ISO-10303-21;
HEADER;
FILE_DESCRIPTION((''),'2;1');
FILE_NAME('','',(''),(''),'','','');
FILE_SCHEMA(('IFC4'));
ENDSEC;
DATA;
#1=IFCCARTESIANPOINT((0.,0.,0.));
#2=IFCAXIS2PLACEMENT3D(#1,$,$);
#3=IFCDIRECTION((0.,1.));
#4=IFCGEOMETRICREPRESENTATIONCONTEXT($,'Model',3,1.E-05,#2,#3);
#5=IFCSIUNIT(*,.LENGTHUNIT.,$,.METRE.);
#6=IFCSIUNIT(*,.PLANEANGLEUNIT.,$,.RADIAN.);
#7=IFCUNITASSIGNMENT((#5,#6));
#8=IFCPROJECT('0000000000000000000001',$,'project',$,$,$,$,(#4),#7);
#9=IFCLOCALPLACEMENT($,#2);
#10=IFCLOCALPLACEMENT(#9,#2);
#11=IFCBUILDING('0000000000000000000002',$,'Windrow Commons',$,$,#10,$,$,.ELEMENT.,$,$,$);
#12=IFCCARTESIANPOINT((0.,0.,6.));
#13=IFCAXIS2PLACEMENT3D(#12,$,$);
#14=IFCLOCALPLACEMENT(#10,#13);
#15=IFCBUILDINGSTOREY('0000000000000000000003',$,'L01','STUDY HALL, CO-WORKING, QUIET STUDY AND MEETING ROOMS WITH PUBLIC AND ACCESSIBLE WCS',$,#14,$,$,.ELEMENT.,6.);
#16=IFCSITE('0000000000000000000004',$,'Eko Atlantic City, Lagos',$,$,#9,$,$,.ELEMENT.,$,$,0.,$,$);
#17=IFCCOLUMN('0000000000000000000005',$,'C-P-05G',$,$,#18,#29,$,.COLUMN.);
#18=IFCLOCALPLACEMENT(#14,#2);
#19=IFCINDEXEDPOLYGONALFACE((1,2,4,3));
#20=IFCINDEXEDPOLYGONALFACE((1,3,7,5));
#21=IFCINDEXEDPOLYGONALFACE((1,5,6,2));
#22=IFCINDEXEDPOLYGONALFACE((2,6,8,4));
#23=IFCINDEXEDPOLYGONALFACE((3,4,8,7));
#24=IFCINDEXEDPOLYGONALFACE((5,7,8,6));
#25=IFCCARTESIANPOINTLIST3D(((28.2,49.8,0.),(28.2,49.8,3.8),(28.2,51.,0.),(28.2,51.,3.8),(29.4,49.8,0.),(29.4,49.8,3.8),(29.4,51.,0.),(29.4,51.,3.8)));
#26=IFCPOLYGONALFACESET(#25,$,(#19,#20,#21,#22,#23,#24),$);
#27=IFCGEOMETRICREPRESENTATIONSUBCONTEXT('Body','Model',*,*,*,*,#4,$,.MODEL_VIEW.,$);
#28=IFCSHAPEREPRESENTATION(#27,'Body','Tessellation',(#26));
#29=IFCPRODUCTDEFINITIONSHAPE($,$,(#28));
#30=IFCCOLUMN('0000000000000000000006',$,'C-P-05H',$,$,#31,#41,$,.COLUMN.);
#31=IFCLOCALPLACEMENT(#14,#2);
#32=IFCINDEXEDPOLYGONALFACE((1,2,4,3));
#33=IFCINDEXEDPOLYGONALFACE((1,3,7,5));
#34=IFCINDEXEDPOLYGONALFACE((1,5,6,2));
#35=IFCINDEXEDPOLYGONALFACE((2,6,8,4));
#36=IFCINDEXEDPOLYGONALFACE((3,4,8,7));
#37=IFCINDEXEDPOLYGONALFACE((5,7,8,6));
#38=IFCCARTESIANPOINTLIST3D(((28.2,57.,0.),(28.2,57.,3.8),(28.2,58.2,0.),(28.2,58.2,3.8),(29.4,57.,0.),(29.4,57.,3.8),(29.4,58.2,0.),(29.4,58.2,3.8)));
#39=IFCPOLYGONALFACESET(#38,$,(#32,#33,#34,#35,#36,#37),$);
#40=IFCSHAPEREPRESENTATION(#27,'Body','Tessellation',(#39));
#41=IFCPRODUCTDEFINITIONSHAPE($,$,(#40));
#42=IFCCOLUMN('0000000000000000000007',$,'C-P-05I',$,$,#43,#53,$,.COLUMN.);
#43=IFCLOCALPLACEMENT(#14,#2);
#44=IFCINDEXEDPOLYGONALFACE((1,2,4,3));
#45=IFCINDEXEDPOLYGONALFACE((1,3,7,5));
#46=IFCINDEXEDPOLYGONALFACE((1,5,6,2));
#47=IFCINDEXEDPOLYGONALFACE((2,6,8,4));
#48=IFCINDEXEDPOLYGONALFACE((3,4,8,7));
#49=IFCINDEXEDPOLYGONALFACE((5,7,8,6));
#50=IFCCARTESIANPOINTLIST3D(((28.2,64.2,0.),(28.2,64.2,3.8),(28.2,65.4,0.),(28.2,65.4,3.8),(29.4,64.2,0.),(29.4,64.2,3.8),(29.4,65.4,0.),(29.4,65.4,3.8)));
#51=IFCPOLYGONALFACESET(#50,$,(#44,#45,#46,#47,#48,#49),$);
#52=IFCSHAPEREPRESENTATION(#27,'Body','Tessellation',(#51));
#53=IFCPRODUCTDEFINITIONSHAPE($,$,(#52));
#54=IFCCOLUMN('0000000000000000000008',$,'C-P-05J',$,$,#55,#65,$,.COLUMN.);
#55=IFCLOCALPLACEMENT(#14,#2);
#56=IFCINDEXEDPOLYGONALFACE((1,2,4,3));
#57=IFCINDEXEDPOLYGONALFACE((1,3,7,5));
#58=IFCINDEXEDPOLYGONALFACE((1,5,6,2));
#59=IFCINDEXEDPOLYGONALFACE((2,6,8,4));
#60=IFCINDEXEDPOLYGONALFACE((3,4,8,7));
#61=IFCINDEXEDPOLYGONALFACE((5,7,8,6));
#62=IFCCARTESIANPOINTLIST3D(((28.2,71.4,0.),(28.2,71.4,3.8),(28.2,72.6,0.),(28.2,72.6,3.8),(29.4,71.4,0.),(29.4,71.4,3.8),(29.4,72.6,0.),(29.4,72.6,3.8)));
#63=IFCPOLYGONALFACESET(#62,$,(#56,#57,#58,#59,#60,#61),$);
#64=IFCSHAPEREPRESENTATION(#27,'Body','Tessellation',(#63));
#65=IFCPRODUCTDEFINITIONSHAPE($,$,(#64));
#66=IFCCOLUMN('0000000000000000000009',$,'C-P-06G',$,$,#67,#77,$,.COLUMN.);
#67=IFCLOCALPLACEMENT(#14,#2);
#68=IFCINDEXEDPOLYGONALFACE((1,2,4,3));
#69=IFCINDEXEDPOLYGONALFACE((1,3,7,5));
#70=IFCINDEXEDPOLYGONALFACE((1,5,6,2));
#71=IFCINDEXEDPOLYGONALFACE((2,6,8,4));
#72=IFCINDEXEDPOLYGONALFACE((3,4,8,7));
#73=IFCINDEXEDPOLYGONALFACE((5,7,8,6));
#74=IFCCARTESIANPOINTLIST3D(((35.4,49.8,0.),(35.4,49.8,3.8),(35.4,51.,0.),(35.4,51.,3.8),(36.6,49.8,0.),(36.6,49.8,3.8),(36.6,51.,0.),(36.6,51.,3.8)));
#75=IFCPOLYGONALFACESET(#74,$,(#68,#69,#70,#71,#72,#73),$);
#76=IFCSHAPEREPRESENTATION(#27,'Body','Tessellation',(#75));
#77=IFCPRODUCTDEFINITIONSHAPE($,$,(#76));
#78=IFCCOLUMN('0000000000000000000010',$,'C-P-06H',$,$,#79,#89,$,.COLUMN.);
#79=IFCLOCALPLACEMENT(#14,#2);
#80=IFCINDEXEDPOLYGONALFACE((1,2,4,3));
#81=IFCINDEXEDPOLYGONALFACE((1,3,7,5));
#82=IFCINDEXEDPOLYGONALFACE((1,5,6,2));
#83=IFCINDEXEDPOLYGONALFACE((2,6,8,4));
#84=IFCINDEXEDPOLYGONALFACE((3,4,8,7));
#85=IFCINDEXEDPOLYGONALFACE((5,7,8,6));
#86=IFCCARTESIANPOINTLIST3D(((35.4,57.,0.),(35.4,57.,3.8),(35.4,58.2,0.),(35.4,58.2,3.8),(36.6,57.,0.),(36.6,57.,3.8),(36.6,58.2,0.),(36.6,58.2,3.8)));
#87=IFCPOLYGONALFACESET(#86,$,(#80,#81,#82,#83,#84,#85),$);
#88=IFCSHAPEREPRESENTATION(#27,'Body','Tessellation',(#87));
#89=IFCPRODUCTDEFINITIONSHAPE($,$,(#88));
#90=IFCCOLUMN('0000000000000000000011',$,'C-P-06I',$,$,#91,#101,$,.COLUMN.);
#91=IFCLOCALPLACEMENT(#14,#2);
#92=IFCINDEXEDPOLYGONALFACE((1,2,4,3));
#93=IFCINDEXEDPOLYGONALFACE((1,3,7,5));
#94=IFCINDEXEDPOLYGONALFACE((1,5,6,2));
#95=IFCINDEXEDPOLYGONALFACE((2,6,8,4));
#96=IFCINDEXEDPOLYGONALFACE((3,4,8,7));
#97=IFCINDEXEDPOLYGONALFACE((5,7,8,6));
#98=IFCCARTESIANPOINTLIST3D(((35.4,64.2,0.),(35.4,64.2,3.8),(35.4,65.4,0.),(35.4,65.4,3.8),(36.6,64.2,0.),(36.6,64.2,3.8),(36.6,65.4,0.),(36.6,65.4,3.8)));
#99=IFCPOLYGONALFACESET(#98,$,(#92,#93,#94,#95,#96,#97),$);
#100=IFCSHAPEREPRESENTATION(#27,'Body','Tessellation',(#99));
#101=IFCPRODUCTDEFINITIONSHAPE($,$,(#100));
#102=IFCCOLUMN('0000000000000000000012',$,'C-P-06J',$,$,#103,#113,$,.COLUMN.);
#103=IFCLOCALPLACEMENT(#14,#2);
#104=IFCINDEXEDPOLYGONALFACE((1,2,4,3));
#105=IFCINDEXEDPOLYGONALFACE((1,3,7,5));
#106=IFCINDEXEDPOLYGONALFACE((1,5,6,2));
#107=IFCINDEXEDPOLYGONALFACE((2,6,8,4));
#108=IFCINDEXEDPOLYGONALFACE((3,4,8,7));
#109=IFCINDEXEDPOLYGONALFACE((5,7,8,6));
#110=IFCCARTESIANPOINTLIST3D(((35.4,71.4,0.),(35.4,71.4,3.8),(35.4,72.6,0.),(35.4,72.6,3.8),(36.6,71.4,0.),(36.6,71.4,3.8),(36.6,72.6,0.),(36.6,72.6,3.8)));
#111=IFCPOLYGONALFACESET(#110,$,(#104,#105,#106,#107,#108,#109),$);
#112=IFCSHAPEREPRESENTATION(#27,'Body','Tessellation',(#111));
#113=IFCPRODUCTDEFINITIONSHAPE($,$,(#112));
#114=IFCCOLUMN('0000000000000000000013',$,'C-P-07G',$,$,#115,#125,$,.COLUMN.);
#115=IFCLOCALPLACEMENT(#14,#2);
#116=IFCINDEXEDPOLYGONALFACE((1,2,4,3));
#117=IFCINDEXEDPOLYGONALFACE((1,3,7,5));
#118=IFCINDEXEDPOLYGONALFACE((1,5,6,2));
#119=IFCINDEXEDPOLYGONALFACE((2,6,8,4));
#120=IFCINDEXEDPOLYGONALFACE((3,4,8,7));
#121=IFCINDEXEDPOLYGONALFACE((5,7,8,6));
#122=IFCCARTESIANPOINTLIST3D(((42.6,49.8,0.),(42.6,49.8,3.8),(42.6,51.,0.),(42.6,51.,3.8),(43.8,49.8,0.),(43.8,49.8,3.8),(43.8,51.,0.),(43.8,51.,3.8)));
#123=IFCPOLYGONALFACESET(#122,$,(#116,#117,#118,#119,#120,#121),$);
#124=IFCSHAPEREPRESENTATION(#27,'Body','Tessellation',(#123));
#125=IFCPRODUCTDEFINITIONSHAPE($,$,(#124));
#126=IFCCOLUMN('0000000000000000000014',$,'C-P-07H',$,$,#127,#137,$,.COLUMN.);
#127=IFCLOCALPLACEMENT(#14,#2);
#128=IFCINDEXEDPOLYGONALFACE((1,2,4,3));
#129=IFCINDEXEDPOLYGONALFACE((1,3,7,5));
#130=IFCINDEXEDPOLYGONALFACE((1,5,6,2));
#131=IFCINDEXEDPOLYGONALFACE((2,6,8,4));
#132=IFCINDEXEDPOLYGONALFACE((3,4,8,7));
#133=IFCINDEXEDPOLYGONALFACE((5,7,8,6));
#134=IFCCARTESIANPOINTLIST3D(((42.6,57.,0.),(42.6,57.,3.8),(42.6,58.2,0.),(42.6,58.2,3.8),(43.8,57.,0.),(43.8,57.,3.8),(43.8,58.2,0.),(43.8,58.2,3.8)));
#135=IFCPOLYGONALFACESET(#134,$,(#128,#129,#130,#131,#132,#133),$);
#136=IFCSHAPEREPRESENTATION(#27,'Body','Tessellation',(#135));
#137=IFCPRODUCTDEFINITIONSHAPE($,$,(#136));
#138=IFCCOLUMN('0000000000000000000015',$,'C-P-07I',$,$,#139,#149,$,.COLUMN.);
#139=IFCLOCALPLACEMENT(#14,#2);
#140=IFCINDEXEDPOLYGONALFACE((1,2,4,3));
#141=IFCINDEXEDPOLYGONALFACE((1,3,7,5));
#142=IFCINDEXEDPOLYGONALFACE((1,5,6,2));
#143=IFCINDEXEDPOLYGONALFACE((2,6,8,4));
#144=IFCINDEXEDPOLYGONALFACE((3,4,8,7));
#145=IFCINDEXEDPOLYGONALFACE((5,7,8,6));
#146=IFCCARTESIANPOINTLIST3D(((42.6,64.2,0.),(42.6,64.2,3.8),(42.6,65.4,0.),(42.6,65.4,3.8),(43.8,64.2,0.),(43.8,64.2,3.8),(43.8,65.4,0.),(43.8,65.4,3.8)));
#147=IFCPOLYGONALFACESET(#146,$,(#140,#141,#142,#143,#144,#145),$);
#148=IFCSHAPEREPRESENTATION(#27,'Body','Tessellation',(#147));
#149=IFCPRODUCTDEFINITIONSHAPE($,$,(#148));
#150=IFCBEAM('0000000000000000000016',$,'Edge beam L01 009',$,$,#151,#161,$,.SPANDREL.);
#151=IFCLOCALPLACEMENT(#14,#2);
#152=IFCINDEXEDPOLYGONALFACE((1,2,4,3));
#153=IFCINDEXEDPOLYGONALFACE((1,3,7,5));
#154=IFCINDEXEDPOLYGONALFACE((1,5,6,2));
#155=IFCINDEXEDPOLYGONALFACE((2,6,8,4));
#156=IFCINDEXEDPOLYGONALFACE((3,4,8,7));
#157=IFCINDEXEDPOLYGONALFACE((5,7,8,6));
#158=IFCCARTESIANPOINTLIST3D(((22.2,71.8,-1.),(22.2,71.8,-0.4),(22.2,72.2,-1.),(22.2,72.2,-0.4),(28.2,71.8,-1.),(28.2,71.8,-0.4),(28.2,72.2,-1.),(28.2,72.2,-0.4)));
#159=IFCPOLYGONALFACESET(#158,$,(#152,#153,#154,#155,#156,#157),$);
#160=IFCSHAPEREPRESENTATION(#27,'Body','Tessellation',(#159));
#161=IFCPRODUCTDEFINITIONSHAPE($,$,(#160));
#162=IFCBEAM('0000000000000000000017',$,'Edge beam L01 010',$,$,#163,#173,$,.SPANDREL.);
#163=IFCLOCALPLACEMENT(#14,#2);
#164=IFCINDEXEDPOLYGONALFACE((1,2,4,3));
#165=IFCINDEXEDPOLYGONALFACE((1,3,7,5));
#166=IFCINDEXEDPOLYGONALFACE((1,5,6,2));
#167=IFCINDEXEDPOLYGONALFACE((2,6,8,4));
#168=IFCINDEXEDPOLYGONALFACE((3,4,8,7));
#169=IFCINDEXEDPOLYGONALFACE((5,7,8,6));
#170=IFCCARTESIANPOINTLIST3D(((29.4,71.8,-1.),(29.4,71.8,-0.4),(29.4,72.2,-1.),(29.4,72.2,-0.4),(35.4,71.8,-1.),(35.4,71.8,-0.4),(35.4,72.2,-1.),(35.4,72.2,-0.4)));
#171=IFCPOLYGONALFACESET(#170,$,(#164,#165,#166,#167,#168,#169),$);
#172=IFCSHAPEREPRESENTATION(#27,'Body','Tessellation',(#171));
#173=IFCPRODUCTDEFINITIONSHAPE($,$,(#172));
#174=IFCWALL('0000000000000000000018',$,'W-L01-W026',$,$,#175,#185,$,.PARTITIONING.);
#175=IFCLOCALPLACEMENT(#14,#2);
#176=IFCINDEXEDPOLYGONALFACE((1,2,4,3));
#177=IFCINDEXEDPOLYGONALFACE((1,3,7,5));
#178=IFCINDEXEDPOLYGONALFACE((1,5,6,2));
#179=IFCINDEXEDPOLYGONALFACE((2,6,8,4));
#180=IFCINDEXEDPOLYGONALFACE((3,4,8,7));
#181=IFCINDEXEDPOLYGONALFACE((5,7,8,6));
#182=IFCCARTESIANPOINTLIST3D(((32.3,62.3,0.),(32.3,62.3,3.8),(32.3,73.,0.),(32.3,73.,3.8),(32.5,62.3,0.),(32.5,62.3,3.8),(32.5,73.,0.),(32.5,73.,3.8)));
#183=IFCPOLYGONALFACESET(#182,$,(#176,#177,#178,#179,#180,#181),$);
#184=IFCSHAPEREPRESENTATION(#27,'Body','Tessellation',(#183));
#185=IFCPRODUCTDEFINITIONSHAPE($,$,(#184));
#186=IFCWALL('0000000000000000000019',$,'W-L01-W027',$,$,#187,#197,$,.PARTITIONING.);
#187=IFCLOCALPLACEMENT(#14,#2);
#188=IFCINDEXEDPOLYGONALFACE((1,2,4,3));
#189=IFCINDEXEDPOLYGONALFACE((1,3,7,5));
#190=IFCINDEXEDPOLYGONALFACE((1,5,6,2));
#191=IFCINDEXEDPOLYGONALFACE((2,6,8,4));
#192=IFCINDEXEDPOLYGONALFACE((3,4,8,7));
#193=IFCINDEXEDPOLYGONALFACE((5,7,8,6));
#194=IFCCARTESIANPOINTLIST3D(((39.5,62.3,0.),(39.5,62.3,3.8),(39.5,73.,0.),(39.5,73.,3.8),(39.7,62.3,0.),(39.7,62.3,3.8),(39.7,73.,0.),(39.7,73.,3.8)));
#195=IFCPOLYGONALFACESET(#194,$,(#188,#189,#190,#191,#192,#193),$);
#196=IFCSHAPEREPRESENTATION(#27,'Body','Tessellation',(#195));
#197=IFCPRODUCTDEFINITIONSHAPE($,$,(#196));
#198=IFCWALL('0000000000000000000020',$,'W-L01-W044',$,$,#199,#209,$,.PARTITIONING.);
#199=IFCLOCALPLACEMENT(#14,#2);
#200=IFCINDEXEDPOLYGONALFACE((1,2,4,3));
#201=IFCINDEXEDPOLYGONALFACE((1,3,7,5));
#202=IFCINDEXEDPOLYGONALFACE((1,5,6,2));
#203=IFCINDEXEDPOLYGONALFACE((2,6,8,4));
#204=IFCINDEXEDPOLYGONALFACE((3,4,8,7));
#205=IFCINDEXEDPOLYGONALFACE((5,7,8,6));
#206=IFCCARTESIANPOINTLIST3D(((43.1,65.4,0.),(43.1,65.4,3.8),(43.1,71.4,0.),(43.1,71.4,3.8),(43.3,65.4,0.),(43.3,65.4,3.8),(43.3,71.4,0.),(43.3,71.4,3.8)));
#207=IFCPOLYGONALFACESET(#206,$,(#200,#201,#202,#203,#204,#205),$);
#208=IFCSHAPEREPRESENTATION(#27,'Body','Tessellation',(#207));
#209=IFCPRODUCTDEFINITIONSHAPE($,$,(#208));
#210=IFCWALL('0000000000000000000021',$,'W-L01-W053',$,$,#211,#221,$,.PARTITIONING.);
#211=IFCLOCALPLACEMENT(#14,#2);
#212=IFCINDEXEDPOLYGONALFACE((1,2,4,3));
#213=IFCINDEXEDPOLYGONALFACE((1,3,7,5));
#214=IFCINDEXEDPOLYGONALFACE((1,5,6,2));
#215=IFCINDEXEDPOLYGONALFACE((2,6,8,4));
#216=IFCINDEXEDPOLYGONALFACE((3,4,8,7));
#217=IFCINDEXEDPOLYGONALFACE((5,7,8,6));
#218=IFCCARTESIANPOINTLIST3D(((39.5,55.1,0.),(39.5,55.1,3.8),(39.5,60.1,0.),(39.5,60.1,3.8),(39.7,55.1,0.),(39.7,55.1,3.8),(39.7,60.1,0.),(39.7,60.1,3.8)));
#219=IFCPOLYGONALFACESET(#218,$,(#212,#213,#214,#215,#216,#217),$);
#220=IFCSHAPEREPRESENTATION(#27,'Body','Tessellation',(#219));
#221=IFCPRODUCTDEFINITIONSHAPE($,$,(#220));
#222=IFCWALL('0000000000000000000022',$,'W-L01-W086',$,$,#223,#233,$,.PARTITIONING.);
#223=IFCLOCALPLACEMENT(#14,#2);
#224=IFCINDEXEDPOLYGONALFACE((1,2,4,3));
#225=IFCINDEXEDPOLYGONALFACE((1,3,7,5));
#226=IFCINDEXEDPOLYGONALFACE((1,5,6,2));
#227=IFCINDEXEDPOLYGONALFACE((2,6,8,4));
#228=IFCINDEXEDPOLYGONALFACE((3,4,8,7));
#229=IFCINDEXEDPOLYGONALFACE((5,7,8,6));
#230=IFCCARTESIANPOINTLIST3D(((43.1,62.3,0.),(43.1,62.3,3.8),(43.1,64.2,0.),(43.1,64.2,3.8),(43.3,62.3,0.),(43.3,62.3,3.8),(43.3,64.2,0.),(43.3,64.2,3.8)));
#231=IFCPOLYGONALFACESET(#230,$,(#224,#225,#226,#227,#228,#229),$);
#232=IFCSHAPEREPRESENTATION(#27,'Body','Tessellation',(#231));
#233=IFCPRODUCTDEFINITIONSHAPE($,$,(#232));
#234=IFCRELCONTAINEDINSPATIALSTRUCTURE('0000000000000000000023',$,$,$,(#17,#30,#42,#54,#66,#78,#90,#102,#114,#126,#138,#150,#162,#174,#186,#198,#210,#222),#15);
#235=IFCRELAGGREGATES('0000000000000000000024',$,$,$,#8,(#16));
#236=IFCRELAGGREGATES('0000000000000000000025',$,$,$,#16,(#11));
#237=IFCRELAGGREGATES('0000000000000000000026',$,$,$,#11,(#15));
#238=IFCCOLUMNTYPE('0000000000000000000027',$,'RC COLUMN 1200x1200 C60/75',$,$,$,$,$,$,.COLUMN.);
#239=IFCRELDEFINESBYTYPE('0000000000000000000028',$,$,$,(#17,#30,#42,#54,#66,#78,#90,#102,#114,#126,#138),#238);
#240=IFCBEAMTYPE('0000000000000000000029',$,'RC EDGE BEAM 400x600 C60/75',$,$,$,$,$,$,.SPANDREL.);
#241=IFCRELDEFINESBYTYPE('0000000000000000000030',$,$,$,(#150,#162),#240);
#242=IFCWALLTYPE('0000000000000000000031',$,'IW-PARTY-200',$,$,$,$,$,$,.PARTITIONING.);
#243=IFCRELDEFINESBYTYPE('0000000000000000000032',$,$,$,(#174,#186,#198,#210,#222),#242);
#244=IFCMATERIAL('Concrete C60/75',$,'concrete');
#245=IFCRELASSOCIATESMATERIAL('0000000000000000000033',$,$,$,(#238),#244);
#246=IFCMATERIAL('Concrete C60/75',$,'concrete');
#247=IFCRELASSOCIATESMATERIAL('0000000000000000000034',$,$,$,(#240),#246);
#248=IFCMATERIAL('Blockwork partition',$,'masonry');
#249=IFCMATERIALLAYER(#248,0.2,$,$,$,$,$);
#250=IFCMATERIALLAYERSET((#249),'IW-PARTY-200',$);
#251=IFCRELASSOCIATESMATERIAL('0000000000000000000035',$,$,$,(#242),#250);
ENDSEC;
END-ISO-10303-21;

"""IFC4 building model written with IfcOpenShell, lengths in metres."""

from ifc_helpers import new_model, si_unit, direction, frame, frame_2d, origin, origin_2d, place, context, subcontext, project, spatial, rectangle, extrude, material, layer, layer_set, material_profile, profile_set, type_object, element, save


model = new_model("IFC4")

# Units and contexts
model_context = context("Model", 3, precision=1e-05, world=origin(), true_north=direction((0.0, 1.0)))
body_context = subcontext(model_context, "Body", "Model", "MODEL_VIEW")
ifc_project = project(units=[si_unit("LENGTHUNIT", "METRE"), si_unit("PLANEANGLEUNIT", "RADIAN")], contexts=[model_context])

# Site, building, storey
site_placement = place(None, origin())
site = spatial("IfcSite", under=ifc_project, at=site_placement, Name="Eko Atlantic City, Lagos", CompositionType="ELEMENT", RefElevation=0.0)
building_placement = place(site_placement, origin())
building = spatial("IfcBuilding", under=site, at=building_placement, Name="Windrow Commons", CompositionType="ELEMENT")
storey_placement = place(building_placement, frame((0.0, 0.0, 6.0)))
storey = spatial("IfcBuildingStorey", under=building, at=storey_placement, Name="L01", Description="STUDY HALL, CO-WORKING, QUIET STUDY AND MEETING ROOMS WITH PUBLIC AND ACCESSIBLE WCS", CompositionType="ELEMENT", Elevation=6.0)

# Columns
ifc_material_1 = material(Name="Concrete C60/75", Category="concrete")
ifc_material_profile_1 = material_profile(ifc_material_1, rectangle(XDim=1.2, YDim=1.2, at=origin_2d()))
ifc_profile_set_1 = profile_set([ifc_material_profile_1], Name="Concrete C60/75")
column_type = type_object("IfcColumnType", Name="RC COLUMN 1200x1200 C60/75", PredefinedType="COLUMN", material=ifc_profile_set_1)
for number, where, z_axis, x_axis, name in (
    (1, (28.8, 50.4, 0.0), (0.0, 0.0, 1.0), (1.0, 0.0, 0.0), "C-P-05G"),
    (2, (28.8, 57.6, 0.0), (0.0, 0.0, 1.0), (1.0, 0.0, 0.0), "C-P-05H"),
    (3, (28.8, 64.8, 0.0), (0.0, 0.0, 1.0), (1.0, 0.0, 0.0), "C-P-05I"),
    (4, (28.8, 72.0, 0.0), (0.0, 0.0, 1.0), (1.0, 0.0, 0.0), "C-P-05J"),
    (5, (36.0, 50.4, 0.0), (0.0, 0.0, 1.0), (1.0, 0.0, 0.0), "C-P-06G"),
    (6, (36.0, 57.6, 0.0), (0.0, 0.0, 1.0), (1.0, 0.0, 0.0), "C-P-06H"),
    (7, (36.0, 64.8, 0.0), (0.0, 0.0, 1.0), (1.0, 0.0, 0.0), "C-P-06I"),
    (8, (36.0, 72.0, 0.0), (0.0, 0.0, 1.0), (1.0, 0.0, 0.0), "C-P-06J"),
    (9, (43.2, 50.4, 0.0), (0.0, 0.0, 1.0), (1.0, 0.0, 0.0), "C-P-07G"),
    (10, (43.2, 57.6, 0.0), (0.0, 0.0, 1.0), (1.0, 0.0, 0.0), "C-P-07H"),
    (11, (43.2, 64.8, 0.0), (0.0, 0.0, 1.0), (1.0, 0.0, 0.0), "C-P-07I"),
):
    element("IfcColumn", number, at=place(storey_placement, frame(where, z_axis=z_axis, x_axis=x_axis)), inside=storey, type_object=column_type, Name=name, PredefinedType="COLUMN", context=body_context, shape_type="SweptSolid", body=[
        extrude(rectangle(XDim=1.2, YDim=1.2, at=origin_2d()), origin(), (0.0, 0.0, 1.0), 3.8),
    ])

# Beams
ifc_material_2 = material(Name="Concrete C60/75", Category="concrete")
ifc_material_profile_2 = material_profile(ifc_material_2, rectangle(XDim=0.4, YDim=0.6, at=origin_2d()))
ifc_profile_set_2 = profile_set([ifc_material_profile_2], Name="Concrete C60/75")
beam_type = type_object("IfcBeamType", Name="RC EDGE BEAM 400x600 C60/75", PredefinedType="SPANDREL", material=ifc_profile_set_2)
for number, where, z_axis, x_axis, name in (
    (12, (22.2, 72.0, -0.7), (1.0, 0.0, 0.0), (0.0, 1.0, 0.0), "Edge beam L01 009"),
    (13, (29.4, 72.0, -0.7), (1.0, 0.0, 0.0), (0.0, 1.0, 0.0), "Edge beam L01 010"),
):
    element("IfcBeam", number, at=place(storey_placement, frame(where, z_axis=z_axis, x_axis=x_axis)), inside=storey, type_object=beam_type, Name=name, PredefinedType="SPANDREL", context=body_context, shape_type="SweptSolid", body=[
        extrude(rectangle(XDim=0.4, YDim=0.6, at=origin_2d()), origin(), (0.0, 0.0, 1.0), 6.0),
    ])

# Walls
ifc_material_3 = material(Name="Blockwork partition", Category="masonry")
ifc_layer = layer(ifc_material_3, 0.2)
ifc_layer_set = layer_set([ifc_layer], Name="IW-PARTY-200")
wall_type = type_object("IfcWallType", Name="IW-PARTY-200", PredefinedType="PARTITIONING", material=ifc_layer_set)
for number, where, z_axis, x_axis, name in (
    (14, (32.4, 62.3, 0.0), (0.0, 0.0, 1.0), (0.0, 1.0, 0.0), "W-L01-W026"),
    (15, (39.6, 62.3, 0.0), (0.0, 0.0, 1.0), (0.0, 1.0, 0.0), "W-L01-W027"),
):
    element("IfcWall", number, at=place(storey_placement, frame(where, z_axis=z_axis, x_axis=x_axis)), inside=storey, type_object=wall_type, Name=name, PredefinedType="PARTITIONING", context=body_context, shape_type="SweptSolid", body=[
        extrude(rectangle(XDim=10.7, YDim=0.2, at=frame_2d((5.35, 0.0))), origin(), (0.0, 0.0, 1.0), 3.8),
    ])
wall_1_placement = place(storey_placement, frame((43.2, 65.4, 0.0), z_axis=(0.0, 0.0, 1.0), x_axis=(0.0, 1.0, 0.0)))
element("IfcWall", 16, at=wall_1_placement, inside=storey, type_object=wall_type, Name="W-L01-W044", PredefinedType="PARTITIONING", context=body_context, shape_type="SweptSolid", body=[
    extrude(rectangle(XDim=6.0, YDim=0.2, at=frame_2d((3.0, 0.0))), origin(), (0.0, 0.0, 1.0), 3.8),
])
wall_2_placement = place(storey_placement, frame((39.6, 55.1, 0.0), z_axis=(0.0, 0.0, 1.0), x_axis=(0.0, 1.0, 0.0)))
element("IfcWall", 17, at=wall_2_placement, inside=storey, type_object=wall_type, Name="W-L01-W053", PredefinedType="PARTITIONING", context=body_context, shape_type="SweptSolid", body=[
    extrude(rectangle(XDim=5.0, YDim=0.2, at=frame_2d((2.5, 0.0))), origin(), (0.0, 0.0, 1.0), 3.8),
])
for number, where, z_axis, x_axis, name in (
    (18, (43.2, 62.3, 0.0), (0.0, 0.0, 1.0), (0.0, 1.0, 0.0), "W-L01-W086"),
):
    element("IfcWall", number, at=place(storey_placement, frame(where, z_axis=z_axis, x_axis=x_axis)), inside=storey, type_object=wall_type, Name=name, PredefinedType="PARTITIONING", context=body_context, shape_type="SweptSolid", body=[
        extrude(rectangle(XDim=1.9, YDim=0.2, at=frame_2d((0.95, 0.0))), origin(), (0.0, 0.0, 1.0), 3.8),
    ])

save(model, "model.ifc")
